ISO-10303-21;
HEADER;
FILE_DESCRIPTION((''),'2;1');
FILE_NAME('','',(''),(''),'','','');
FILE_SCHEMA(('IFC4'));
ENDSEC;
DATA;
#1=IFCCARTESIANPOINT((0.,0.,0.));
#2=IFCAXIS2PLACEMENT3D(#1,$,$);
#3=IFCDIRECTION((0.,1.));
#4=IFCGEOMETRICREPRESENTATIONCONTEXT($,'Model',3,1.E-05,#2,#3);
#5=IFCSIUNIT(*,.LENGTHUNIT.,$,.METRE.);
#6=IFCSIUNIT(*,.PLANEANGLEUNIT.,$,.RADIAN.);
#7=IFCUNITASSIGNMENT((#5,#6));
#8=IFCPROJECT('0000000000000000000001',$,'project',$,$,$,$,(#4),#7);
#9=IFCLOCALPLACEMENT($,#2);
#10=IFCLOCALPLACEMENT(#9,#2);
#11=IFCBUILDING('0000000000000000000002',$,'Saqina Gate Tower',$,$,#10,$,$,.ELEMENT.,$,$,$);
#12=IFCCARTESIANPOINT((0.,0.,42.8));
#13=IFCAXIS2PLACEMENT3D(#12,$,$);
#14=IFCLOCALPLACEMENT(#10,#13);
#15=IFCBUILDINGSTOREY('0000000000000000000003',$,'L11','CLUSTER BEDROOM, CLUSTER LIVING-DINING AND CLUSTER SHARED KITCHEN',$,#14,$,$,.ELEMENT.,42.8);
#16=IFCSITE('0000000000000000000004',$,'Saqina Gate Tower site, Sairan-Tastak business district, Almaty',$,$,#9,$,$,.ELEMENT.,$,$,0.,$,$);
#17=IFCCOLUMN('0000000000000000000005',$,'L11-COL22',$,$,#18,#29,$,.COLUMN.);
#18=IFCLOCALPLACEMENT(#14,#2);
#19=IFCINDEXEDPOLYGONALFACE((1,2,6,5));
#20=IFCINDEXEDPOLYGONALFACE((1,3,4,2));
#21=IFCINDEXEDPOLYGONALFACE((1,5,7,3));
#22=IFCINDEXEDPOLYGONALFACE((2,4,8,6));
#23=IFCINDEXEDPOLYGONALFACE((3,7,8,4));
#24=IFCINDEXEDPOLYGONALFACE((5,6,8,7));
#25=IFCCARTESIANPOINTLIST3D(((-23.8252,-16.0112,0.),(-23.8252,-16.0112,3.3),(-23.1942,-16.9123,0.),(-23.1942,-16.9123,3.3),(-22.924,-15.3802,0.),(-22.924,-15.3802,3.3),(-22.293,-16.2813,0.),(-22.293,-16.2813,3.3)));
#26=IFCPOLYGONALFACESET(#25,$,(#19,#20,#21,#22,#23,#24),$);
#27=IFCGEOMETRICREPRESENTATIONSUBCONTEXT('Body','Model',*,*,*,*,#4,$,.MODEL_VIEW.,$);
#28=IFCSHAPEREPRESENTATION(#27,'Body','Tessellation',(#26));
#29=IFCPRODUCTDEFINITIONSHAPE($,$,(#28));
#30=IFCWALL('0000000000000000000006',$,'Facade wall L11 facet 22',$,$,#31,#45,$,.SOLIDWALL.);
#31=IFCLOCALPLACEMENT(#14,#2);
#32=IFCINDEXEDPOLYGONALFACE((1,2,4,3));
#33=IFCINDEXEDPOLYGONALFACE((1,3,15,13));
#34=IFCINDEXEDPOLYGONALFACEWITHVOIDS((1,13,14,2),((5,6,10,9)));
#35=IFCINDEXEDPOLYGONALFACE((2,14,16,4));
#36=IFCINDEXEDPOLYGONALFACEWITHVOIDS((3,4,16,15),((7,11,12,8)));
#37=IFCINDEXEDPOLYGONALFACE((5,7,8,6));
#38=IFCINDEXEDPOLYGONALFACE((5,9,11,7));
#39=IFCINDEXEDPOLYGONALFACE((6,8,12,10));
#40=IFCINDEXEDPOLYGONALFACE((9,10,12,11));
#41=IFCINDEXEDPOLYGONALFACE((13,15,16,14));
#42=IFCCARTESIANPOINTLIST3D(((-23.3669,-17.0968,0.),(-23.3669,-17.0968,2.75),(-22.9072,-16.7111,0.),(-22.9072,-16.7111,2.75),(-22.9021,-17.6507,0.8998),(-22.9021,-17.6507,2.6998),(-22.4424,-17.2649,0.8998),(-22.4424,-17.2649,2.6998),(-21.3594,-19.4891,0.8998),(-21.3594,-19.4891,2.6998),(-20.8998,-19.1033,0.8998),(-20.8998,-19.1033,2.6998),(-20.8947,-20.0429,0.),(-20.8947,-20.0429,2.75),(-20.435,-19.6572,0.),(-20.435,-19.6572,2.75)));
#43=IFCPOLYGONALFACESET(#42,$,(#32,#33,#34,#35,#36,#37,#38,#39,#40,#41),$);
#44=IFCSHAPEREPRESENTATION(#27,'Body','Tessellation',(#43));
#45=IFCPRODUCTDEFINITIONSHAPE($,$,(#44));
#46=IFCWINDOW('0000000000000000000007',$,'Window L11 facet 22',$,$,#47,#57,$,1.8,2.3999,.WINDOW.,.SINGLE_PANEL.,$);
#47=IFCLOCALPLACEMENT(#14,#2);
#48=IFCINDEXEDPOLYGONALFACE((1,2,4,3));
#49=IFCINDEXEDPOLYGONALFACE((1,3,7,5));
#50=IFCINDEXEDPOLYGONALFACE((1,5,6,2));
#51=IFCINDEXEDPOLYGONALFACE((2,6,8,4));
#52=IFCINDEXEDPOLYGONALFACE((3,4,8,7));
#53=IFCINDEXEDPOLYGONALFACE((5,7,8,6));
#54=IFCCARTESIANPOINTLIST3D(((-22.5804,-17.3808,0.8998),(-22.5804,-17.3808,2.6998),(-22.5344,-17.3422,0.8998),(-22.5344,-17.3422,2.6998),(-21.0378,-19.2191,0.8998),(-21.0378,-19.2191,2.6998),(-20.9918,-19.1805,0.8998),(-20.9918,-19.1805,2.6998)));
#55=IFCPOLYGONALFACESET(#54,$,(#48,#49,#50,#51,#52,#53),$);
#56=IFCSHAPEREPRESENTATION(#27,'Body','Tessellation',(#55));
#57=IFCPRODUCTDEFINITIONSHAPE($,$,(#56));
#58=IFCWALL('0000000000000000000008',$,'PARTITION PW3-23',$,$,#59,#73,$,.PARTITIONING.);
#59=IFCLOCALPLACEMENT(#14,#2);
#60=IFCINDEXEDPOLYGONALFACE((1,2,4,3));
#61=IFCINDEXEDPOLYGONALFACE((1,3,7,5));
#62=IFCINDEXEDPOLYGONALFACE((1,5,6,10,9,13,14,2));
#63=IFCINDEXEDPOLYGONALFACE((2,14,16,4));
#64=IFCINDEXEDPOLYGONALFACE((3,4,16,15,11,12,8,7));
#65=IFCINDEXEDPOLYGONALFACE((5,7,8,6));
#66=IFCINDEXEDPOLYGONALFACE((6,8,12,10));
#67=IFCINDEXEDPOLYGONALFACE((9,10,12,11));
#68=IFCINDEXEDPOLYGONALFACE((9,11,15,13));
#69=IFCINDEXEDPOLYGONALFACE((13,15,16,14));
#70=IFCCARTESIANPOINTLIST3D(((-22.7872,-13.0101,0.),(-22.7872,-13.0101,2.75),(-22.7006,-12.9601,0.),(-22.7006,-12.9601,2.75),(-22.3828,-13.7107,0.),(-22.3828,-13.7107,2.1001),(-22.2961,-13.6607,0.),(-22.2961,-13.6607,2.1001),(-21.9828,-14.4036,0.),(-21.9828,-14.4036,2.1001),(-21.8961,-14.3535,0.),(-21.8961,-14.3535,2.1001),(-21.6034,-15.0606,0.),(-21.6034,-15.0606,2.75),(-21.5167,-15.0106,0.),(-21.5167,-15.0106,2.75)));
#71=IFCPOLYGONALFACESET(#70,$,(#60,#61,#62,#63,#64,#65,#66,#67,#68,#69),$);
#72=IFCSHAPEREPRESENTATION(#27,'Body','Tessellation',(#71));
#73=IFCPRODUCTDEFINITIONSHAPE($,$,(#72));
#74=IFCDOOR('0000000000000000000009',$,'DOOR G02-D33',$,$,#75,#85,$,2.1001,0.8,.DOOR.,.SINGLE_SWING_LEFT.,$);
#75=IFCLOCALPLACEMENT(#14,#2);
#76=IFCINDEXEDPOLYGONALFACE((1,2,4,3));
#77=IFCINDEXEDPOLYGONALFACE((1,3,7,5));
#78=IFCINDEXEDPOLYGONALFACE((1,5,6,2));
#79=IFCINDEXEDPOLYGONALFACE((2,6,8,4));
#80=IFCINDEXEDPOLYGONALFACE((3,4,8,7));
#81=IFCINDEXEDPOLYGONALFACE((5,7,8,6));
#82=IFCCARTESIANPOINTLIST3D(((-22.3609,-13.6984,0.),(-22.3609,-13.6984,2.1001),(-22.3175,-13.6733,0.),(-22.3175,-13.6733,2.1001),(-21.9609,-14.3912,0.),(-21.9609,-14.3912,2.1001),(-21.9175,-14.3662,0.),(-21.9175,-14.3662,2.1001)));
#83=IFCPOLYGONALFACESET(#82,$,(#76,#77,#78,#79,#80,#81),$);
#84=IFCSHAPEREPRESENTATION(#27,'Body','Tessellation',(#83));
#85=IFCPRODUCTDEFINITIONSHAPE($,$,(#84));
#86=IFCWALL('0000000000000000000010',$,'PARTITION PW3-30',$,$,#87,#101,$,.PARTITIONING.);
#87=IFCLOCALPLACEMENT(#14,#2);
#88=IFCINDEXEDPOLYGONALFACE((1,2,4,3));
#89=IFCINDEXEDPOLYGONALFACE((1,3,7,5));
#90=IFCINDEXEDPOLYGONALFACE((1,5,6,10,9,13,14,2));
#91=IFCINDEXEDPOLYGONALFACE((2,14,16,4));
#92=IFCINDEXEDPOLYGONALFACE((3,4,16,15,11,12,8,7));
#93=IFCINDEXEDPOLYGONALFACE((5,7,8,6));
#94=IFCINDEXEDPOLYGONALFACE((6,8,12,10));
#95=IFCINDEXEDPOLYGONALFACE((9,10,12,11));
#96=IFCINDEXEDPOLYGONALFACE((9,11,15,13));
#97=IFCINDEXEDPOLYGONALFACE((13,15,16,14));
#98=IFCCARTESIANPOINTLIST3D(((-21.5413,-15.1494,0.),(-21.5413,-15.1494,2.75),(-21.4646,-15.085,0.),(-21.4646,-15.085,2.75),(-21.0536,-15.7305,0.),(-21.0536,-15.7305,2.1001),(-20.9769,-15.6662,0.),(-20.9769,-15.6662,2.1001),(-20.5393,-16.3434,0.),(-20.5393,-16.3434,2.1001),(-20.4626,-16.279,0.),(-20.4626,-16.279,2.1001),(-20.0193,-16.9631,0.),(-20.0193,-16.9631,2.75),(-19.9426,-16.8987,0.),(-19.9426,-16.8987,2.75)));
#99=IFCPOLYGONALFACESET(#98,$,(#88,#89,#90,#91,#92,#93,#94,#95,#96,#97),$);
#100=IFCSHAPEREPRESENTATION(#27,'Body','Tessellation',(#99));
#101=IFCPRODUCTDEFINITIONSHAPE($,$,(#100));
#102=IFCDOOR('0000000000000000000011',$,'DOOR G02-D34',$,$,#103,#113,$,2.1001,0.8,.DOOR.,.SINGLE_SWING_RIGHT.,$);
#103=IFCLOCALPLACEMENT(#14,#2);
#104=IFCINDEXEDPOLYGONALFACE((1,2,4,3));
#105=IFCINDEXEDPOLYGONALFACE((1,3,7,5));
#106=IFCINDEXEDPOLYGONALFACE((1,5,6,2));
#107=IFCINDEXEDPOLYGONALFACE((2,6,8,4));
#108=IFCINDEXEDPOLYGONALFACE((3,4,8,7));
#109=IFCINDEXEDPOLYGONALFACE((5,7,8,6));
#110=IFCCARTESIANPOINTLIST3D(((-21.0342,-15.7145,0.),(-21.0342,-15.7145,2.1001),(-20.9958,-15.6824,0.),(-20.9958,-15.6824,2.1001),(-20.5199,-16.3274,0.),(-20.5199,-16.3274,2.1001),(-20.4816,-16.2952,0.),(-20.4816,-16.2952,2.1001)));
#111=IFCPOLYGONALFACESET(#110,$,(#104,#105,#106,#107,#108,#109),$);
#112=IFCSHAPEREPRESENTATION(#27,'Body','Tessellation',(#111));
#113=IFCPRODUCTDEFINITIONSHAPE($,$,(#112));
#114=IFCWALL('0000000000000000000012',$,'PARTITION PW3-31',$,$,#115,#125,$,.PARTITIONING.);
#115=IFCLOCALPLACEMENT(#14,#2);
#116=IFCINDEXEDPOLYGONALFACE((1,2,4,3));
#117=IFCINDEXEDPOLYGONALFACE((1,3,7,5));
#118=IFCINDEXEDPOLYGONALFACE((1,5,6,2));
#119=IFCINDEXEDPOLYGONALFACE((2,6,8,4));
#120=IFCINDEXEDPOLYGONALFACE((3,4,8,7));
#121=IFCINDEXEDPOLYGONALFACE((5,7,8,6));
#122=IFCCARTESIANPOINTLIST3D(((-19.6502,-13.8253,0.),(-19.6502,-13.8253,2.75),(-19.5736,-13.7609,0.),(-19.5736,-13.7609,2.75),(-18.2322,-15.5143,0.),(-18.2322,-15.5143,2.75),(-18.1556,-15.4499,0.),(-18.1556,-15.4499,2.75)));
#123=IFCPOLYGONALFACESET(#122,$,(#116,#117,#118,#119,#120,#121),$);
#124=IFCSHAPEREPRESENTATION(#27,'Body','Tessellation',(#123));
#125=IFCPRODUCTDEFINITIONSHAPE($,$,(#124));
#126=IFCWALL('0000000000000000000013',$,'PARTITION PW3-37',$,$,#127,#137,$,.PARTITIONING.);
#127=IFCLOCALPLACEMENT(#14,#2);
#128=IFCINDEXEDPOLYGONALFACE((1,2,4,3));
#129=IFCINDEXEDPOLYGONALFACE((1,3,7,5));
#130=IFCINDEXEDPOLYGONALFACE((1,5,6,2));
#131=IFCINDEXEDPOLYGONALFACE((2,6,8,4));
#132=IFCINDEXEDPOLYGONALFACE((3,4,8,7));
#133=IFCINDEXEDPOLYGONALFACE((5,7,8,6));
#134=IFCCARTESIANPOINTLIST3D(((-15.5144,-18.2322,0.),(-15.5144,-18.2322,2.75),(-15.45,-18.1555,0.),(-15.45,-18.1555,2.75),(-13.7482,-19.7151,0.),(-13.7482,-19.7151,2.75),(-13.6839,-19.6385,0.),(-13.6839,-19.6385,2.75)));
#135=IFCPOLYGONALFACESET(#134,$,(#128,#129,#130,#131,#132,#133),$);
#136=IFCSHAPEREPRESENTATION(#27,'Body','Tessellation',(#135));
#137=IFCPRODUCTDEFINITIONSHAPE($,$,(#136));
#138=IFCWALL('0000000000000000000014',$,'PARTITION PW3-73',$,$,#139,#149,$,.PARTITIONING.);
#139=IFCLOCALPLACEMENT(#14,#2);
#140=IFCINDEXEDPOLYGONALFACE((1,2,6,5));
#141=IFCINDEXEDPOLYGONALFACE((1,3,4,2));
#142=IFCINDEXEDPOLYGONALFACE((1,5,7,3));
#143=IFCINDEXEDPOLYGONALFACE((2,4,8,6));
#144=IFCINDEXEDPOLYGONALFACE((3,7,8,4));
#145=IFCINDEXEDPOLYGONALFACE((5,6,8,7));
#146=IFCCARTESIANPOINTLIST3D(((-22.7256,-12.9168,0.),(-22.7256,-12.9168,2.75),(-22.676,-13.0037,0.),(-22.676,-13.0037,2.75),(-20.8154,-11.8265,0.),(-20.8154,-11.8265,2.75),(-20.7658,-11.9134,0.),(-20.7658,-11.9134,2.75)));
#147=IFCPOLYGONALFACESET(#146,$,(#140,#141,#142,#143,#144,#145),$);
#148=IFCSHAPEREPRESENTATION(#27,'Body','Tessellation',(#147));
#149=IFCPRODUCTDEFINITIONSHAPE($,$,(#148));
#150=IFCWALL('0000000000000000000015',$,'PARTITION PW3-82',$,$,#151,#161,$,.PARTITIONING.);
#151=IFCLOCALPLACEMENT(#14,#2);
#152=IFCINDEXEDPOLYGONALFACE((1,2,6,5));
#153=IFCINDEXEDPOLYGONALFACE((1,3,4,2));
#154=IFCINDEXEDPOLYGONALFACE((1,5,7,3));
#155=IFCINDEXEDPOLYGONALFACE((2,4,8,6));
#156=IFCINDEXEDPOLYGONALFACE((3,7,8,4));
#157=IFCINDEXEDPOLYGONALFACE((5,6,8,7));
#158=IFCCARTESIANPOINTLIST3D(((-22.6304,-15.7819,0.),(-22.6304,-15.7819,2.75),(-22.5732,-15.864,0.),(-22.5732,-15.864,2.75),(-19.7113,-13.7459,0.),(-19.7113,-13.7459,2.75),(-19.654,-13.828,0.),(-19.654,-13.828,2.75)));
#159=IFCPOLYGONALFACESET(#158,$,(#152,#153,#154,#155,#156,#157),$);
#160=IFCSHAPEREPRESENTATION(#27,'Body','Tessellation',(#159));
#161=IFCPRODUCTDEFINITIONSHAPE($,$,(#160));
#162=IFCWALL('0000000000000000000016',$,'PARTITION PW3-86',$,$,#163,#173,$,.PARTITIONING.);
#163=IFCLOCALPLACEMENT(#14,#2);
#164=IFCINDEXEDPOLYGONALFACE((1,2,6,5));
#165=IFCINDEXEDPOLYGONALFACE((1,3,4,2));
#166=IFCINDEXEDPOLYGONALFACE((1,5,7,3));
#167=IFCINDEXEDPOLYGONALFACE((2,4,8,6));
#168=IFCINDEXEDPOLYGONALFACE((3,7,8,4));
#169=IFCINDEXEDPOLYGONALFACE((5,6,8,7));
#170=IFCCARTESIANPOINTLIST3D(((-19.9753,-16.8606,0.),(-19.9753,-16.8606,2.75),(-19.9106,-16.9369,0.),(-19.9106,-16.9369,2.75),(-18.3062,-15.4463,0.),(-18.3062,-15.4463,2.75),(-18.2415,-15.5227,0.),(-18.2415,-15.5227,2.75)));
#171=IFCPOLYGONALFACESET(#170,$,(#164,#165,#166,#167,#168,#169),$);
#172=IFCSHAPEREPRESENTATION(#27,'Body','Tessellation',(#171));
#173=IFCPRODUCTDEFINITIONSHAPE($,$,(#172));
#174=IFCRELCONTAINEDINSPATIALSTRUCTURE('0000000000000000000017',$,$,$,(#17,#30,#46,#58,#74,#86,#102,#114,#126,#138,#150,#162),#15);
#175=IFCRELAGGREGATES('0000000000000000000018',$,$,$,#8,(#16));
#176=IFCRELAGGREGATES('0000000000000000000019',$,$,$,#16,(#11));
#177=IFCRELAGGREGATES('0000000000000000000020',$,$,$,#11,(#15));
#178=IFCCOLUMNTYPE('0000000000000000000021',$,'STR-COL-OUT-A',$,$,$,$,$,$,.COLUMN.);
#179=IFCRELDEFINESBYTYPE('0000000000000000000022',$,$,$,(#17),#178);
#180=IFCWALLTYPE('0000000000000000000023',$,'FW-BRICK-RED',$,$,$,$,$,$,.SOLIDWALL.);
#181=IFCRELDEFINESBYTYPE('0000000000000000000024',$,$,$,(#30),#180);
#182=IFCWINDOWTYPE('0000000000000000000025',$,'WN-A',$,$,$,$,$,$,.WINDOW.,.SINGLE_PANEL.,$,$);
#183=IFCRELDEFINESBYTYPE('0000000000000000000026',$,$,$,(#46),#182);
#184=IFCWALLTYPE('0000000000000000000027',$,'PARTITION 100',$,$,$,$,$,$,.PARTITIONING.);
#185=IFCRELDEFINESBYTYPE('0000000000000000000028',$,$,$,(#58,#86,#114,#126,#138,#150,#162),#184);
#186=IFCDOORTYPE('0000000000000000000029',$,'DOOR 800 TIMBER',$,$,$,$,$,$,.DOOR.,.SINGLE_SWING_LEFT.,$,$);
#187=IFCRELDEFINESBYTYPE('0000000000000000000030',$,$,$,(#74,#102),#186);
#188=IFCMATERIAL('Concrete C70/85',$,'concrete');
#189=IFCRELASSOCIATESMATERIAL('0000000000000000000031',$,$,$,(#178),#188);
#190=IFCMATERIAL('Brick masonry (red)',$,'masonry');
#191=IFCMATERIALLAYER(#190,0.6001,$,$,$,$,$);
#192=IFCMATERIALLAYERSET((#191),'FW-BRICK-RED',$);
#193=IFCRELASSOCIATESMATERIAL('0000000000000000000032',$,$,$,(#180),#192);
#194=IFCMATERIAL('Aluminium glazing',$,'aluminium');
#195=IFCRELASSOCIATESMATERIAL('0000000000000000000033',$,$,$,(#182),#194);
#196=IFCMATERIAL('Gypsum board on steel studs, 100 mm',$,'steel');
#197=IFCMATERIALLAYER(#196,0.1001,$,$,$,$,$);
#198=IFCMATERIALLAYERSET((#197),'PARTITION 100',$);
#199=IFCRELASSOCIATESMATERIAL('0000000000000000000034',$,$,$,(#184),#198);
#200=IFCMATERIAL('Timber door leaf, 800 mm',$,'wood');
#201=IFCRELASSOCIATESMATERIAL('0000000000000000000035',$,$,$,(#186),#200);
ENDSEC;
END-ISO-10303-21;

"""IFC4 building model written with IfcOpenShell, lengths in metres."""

from ifc_helpers import new_model, si_unit, direction, frame, frame_2d, origin, origin_2d, place, context, subcontext, project, spatial, rectangle, extrude, material, layer, layer_set, material_profile, profile_set, type_object, element, fill, save


model = new_model("IFC4")

# Units and contexts
model_context = context("Model", 3, precision=1e-05, world=origin(), true_north=direction((0.0, 1.0)))
body_context = subcontext(model_context, "Body", "Model", "MODEL_VIEW")
ifc_project = project(units=[si_unit("LENGTHUNIT", "METRE"), si_unit("PLANEANGLEUNIT", "RADIAN")], contexts=[model_context])

# Site, building, storey
site_placement = place(None, origin())
site = spatial("IfcSite", under=ifc_project, at=site_placement, Name="Saqina Gate Tower site, Sairan-Tastak business district, Almaty", CompositionType="ELEMENT", RefElevation=0.0)
building_placement = place(site_placement, origin())
building = spatial("IfcBuilding", under=site, at=building_placement, Name="Saqina Gate Tower", CompositionType="ELEMENT")
storey_placement = place(building_placement, frame((0.0, 0.0, 42.8)))
storey = spatial("IfcBuildingStorey", under=building, at=storey_placement, Name="L11", Description="CLUSTER BEDROOM, CLUSTER LIVING-DINING AND CLUSTER SHARED KITCHEN", CompositionType="ELEMENT", Elevation=42.8)

# Column
ifc_material_1 = material(Name="Concrete C70/85", Category="concrete")
ifc_material_profile = material_profile(ifc_material_1, rectangle(XDim=1.1001, YDim=1.1001, at=origin_2d()), Name="RC 1100x1100")
ifc_profile_set = profile_set([ifc_material_profile], Name="Concrete C70/85")
column_type = type_object("IfcColumnType", Name="STR-COL-OUT-A", PredefinedType="COLUMN", material=ifc_profile_set)
column_placement = place(storey_placement, frame((-23.0591, -16.1462, 0.0), z_axis=(0.0, 0.0, 1.0), x_axis=(-0.819152, -0.573576, 0.0)))
element("IfcColumn", 1, at=column_placement, inside=storey, type_object=column_type, Name="L11-COL22", PredefinedType="COLUMN", context=body_context, shape_type="SweptSolid", body=[
    extrude(rectangle(XDim=1.1001, YDim=1.1001, at=origin_2d()), origin(), (0.0, 0.0, 1.0), 3.3),
])

# Wall, opening, window
ifc_material_2 = material(Name="Brick masonry (red)", Category="masonry")
ifc_layer_1 = layer(ifc_material_2, 0.6001)
ifc_layer_set_1 = layer_set([ifc_layer_1], Name="FW-BRICK-RED")
wall_type_1 = type_object("IfcWallType", Name="FW-BRICK-RED", PredefinedType="SOLIDWALL", material=ifc_layer_set_1)
wall_1_placement = place(storey_placement, frame((-23.137, -16.9041, 0.0), z_axis=(0.0, 0.0, 1.0), x_axis=(0.642809, -0.766026, 0.0)))
wall_1 = element("IfcWall", 2, at=wall_1_placement, inside=storey, type_object=wall_type_1, Name="Facade wall L11 facet 22", PredefinedType="SOLIDWALL", context=body_context, shape_type="SweptSolid", body=[
    extrude(rectangle(XDim=3.8459, YDim=0.6001, at=frame_2d((1.9229, 0.0))), origin(), (0.0, 0.0, 1.0), 2.75),
])
opening_1_placement = place(wall_1_placement, frame((0.7229, 0.0, 0.8999)))
opening_1 = element("IfcOpeningElement", 3, at=opening_1_placement, cuts=wall_1, PredefinedType="OPENING", context=body_context, shape_type="SweptSolid", body=[
    extrude(rectangle(XDim=2.3999, YDim=1.8, at=frame_2d((1.2, 0.8999))), frame((0.0, 0.312, 0.0), z_axis=(0.0, -1.0, 0.0), x_axis=(1.0, 0.0, 0.0)), (0.0, 0.0, 1.0), 0.624),
])
ifc_material_3 = material(Name="Aluminium glazing", Category="aluminium")
window_type = type_object("IfcWindowType", Name="WN-A", PartitioningType="SINGLE_PANEL", PredefinedType="WINDOW", material=ifc_material_3)
window_placement = place(opening_1_placement, origin())
window = element("IfcWindow", 4, at=window_placement, inside=storey, type_object=window_type, Name="Window L11 facet 22", OverallHeight=1.8, OverallWidth=2.3999, PartitioningType="SINGLE_PANEL", PredefinedType="WINDOW", context=body_context, shape_type="SweptSolid", body=[
    extrude(rectangle(XDim=2.3999, YDim=1.8, at=frame_2d((1.2, 0.8999))), frame((0.0, 0.1799, 0.0), z_axis=(0.0, -1.0, 0.0), x_axis=(1.0, 0.0, 0.0)), (0.0, 0.0, 1.0), 0.0601),
])
fill(opening_1, window)

# Walls, openings, doors
ifc_material_4 = material(Name="Gypsum board on steel studs, 100 mm", Category="steel")
ifc_layer_2 = layer(ifc_material_4, 0.1001)
ifc_layer_set_2 = layer_set([ifc_layer_2], Name="PARTITION 100")
wall_type_2 = type_object("IfcWallType", Name="PARTITION 100", PredefinedType="PARTITIONING", material=ifc_layer_set_2)
wall_2_placement = place(storey_placement, frame((-22.7439, -12.9851, 0.0), z_axis=(0.0, 0.0, 1.0), x_axis=(0.499987, -0.866033, 0.0)))
wall_2 = element("IfcWall", 5, at=wall_2_placement, inside=storey, type_object=wall_type_2, Name="PARTITION PW3-23", PredefinedType="PARTITIONING", context=body_context, shape_type="SweptSolid", body=[
    extrude(rectangle(XDim=2.3677, YDim=0.1001, at=frame_2d((1.1838, 0.0))), origin(), (0.0, 0.0, 1.0), 2.75),
])
opening_2_placement = place(wall_2_placement, frame((0.8091, 0.0, 0.0)))
opening_2 = element("IfcOpeningElement", 6, at=opening_2_placement, cuts=wall_2, PredefinedType="OPENING", context=body_context, shape_type="SweptSolid", body=[
    extrude(rectangle(XDim=0.8, YDim=2.1001, at=frame_2d((0.3999, 1.05))), frame((0.0, 0.062, 0.0), z_axis=(0.0, -1.0, 0.0), x_axis=(1.0, 0.0, 0.0)), (0.0, 0.0, 1.0), 0.124),
])
ifc_material_5 = material(Name="Timber door leaf, 800 mm", Category="wood")
door_type_1 = type_object("IfcDoorType", Name="DOOR 800 TIMBER", OperationType="SINGLE_SWING_LEFT", PredefinedType="DOOR", material=ifc_material_5)
door_1_placement = place(opening_2_placement, frame((0.8, 0.0, 0.0), z_axis=(0.0, 0.0, 1.0), x_axis=(-1.0, 0.0, 0.0)))
door_1 = element("IfcDoor", 7, at=door_1_placement, inside=storey, type_object=door_type_1, Name="DOOR G02-D33", OperationType="SINGLE_SWING_LEFT", OverallHeight=2.1001, OverallWidth=0.8, PredefinedType="DOOR", context=body_context, shape_type="SweptSolid", body=[
    extrude(rectangle(XDim=0.8, YDim=2.1001, at=frame_2d((0.3999, 1.05))), frame((0.0, 0.0249, 0.0), z_axis=(0.0, -1.0, 0.0), x_axis=(1.0, 0.0, 0.0)), (0.0, 0.0, 1.0), 0.05),
])
fill(opening_2, door_1)
wall_3_placement = place(storey_placement, frame((-21.5029, -15.1172, 0.0), z_axis=(0.0, 0.0, 1.0), x_axis=(0.642808, -0.766028, 0.0)))
wall_3 = element("IfcWall", 8, at=wall_3_placement, inside=storey, type_object=wall_type_2, Name="PARTITION PW3-30", PredefinedType="PARTITIONING", context=body_context, shape_type="SweptSolid", body=[
    extrude(rectangle(XDim=2.3677, YDim=0.1001, at=frame_2d((1.1838, 0.0))), origin(), (0.0, 0.0, 1.0), 2.75),
])
opening_3_placement = place(wall_3_placement, frame((0.7588, 0.0, 0.0)))
opening_3 = element("IfcOpeningElement", 9, at=opening_3_placement, cuts=wall_3, PredefinedType="OPENING", context=body_context, shape_type="SweptSolid", body=[
    extrude(rectangle(XDim=0.8, YDim=2.1001, at=frame_2d((0.3999, 1.05))), frame((0.0, 0.062, 0.0), z_axis=(0.0, -1.0, 0.0), x_axis=(1.0, 0.0, 0.0)), (0.0, 0.0, 1.0), 0.124),
])
door_2_placement = place(opening_3_placement, frame((0.8, 0.0, 0.0), z_axis=(0.0, 0.0, 1.0), x_axis=(-1.0, 0.0, 0.0)))
door_2 = element("IfcDoor", 10, at=door_2_placement, inside=storey, type_object=door_type_1, Name="DOOR G02-D34", OperationType="SINGLE_SWING_RIGHT", OverallHeight=2.1001, OverallWidth=0.8, PredefinedType="DOOR", context=body_context, shape_type="SweptSolid", body=[
    extrude(rectangle(XDim=0.8, YDim=2.1001, at=frame_2d((0.3999, 1.05))), frame((0.0, 0.0249, 0.0), z_axis=(0.0, -1.0, 0.0), x_axis=(1.0, 0.0, 0.0)), (0.0, 0.0, 1.0), 0.05),
])
fill(opening_3, door_2)

# Walls
wall_4_placement = place(storey_placement, frame((-19.6118, -13.7932, 0.0), z_axis=(0.0, 0.0, 1.0), x_axis=(0.64299, -0.765875, 0.0)))
element("IfcWall", 11, at=wall_4_placement, inside=storey, type_object=wall_type_2, Name="PARTITION PW3-31", PredefinedType="PARTITIONING", context=body_context, shape_type="SweptSolid", body=[
    extrude(rectangle(XDim=2.2053, YDim=0.1001, at=frame_2d((1.1025, 0.0))), origin(), (0.0, 0.0, 1.0), 2.75),
])
wall_5_placement = place(storey_placement, frame((-15.4822, -18.1938, 0.0), z_axis=(0.0, 0.0, 1.0), x_axis=(0.765838, -0.643033, 0.0)))
element("IfcWall", 12, at=wall_5_placement, inside=storey, type_object=wall_type_2, Name="PARTITION PW3-37", PredefinedType="PARTITIONING", context=body_context, shape_type="SweptSolid", body=[
    extrude(rectangle(XDim=2.3062, YDim=0.1001, at=frame_2d((1.1531, 0.0))), origin(), (0.0, 0.0, 1.0), 2.75),
])
wall_6_placement = place(storey_placement, frame((-22.7007, -12.9602, 0.0), z_axis=(0.0, 0.0, 1.0), x_axis=(0.868475, 0.495732, 0.0)))
element("IfcWall", 13, at=wall_6_placement, inside=storey, type_object=wall_type_2, Name="PARTITION PW3-73", PredefinedType="PARTITIONING", context=body_context, shape_type="SweptSolid", body=[
    extrude(rectangle(XDim=2.1995, YDim=0.1001, at=frame_2d((1.0996, 0.0))), origin(), (0.0, 0.0, 1.0), 2.75),
])
wall_7_placement = place(storey_placement, frame((-22.6018, -15.823, 0.0), z_axis=(0.0, 0.0, 1.0), x_axis=(0.820194, 0.572085, 0.0)))
element("IfcWall", 14, at=wall_7_placement, inside=storey, type_object=wall_type_2, Name="PARTITION PW3-82", PredefinedType="PARTITIONING", context=body_context, shape_type="SweptSolid", body=[
    extrude(rectangle(XDim=3.5591, YDim=0.1001, at=frame_2d((1.7795, 0.0))), origin(), (0.0, 0.0, 1.0), 2.75),
])
wall_8_placement = place(storey_placement, frame((-19.9429, -16.8987, 0.0), z_axis=(0.0, 0.0, 1.0), x_axis=(0.762954, 0.646452, 0.0)))
element("IfcWall", 15, at=wall_8_placement, inside=storey, type_object=wall_type_2, Name="PARTITION PW3-86", PredefinedType="PARTITIONING", context=body_context, shape_type="SweptSolid", body=[
    extrude(rectangle(XDim=2.1877, YDim=0.1001, at=frame_2d((1.0938, 0.0))), origin(), (0.0, 0.0, 1.0), 2.75),
])

save(model, "model.ifc")
